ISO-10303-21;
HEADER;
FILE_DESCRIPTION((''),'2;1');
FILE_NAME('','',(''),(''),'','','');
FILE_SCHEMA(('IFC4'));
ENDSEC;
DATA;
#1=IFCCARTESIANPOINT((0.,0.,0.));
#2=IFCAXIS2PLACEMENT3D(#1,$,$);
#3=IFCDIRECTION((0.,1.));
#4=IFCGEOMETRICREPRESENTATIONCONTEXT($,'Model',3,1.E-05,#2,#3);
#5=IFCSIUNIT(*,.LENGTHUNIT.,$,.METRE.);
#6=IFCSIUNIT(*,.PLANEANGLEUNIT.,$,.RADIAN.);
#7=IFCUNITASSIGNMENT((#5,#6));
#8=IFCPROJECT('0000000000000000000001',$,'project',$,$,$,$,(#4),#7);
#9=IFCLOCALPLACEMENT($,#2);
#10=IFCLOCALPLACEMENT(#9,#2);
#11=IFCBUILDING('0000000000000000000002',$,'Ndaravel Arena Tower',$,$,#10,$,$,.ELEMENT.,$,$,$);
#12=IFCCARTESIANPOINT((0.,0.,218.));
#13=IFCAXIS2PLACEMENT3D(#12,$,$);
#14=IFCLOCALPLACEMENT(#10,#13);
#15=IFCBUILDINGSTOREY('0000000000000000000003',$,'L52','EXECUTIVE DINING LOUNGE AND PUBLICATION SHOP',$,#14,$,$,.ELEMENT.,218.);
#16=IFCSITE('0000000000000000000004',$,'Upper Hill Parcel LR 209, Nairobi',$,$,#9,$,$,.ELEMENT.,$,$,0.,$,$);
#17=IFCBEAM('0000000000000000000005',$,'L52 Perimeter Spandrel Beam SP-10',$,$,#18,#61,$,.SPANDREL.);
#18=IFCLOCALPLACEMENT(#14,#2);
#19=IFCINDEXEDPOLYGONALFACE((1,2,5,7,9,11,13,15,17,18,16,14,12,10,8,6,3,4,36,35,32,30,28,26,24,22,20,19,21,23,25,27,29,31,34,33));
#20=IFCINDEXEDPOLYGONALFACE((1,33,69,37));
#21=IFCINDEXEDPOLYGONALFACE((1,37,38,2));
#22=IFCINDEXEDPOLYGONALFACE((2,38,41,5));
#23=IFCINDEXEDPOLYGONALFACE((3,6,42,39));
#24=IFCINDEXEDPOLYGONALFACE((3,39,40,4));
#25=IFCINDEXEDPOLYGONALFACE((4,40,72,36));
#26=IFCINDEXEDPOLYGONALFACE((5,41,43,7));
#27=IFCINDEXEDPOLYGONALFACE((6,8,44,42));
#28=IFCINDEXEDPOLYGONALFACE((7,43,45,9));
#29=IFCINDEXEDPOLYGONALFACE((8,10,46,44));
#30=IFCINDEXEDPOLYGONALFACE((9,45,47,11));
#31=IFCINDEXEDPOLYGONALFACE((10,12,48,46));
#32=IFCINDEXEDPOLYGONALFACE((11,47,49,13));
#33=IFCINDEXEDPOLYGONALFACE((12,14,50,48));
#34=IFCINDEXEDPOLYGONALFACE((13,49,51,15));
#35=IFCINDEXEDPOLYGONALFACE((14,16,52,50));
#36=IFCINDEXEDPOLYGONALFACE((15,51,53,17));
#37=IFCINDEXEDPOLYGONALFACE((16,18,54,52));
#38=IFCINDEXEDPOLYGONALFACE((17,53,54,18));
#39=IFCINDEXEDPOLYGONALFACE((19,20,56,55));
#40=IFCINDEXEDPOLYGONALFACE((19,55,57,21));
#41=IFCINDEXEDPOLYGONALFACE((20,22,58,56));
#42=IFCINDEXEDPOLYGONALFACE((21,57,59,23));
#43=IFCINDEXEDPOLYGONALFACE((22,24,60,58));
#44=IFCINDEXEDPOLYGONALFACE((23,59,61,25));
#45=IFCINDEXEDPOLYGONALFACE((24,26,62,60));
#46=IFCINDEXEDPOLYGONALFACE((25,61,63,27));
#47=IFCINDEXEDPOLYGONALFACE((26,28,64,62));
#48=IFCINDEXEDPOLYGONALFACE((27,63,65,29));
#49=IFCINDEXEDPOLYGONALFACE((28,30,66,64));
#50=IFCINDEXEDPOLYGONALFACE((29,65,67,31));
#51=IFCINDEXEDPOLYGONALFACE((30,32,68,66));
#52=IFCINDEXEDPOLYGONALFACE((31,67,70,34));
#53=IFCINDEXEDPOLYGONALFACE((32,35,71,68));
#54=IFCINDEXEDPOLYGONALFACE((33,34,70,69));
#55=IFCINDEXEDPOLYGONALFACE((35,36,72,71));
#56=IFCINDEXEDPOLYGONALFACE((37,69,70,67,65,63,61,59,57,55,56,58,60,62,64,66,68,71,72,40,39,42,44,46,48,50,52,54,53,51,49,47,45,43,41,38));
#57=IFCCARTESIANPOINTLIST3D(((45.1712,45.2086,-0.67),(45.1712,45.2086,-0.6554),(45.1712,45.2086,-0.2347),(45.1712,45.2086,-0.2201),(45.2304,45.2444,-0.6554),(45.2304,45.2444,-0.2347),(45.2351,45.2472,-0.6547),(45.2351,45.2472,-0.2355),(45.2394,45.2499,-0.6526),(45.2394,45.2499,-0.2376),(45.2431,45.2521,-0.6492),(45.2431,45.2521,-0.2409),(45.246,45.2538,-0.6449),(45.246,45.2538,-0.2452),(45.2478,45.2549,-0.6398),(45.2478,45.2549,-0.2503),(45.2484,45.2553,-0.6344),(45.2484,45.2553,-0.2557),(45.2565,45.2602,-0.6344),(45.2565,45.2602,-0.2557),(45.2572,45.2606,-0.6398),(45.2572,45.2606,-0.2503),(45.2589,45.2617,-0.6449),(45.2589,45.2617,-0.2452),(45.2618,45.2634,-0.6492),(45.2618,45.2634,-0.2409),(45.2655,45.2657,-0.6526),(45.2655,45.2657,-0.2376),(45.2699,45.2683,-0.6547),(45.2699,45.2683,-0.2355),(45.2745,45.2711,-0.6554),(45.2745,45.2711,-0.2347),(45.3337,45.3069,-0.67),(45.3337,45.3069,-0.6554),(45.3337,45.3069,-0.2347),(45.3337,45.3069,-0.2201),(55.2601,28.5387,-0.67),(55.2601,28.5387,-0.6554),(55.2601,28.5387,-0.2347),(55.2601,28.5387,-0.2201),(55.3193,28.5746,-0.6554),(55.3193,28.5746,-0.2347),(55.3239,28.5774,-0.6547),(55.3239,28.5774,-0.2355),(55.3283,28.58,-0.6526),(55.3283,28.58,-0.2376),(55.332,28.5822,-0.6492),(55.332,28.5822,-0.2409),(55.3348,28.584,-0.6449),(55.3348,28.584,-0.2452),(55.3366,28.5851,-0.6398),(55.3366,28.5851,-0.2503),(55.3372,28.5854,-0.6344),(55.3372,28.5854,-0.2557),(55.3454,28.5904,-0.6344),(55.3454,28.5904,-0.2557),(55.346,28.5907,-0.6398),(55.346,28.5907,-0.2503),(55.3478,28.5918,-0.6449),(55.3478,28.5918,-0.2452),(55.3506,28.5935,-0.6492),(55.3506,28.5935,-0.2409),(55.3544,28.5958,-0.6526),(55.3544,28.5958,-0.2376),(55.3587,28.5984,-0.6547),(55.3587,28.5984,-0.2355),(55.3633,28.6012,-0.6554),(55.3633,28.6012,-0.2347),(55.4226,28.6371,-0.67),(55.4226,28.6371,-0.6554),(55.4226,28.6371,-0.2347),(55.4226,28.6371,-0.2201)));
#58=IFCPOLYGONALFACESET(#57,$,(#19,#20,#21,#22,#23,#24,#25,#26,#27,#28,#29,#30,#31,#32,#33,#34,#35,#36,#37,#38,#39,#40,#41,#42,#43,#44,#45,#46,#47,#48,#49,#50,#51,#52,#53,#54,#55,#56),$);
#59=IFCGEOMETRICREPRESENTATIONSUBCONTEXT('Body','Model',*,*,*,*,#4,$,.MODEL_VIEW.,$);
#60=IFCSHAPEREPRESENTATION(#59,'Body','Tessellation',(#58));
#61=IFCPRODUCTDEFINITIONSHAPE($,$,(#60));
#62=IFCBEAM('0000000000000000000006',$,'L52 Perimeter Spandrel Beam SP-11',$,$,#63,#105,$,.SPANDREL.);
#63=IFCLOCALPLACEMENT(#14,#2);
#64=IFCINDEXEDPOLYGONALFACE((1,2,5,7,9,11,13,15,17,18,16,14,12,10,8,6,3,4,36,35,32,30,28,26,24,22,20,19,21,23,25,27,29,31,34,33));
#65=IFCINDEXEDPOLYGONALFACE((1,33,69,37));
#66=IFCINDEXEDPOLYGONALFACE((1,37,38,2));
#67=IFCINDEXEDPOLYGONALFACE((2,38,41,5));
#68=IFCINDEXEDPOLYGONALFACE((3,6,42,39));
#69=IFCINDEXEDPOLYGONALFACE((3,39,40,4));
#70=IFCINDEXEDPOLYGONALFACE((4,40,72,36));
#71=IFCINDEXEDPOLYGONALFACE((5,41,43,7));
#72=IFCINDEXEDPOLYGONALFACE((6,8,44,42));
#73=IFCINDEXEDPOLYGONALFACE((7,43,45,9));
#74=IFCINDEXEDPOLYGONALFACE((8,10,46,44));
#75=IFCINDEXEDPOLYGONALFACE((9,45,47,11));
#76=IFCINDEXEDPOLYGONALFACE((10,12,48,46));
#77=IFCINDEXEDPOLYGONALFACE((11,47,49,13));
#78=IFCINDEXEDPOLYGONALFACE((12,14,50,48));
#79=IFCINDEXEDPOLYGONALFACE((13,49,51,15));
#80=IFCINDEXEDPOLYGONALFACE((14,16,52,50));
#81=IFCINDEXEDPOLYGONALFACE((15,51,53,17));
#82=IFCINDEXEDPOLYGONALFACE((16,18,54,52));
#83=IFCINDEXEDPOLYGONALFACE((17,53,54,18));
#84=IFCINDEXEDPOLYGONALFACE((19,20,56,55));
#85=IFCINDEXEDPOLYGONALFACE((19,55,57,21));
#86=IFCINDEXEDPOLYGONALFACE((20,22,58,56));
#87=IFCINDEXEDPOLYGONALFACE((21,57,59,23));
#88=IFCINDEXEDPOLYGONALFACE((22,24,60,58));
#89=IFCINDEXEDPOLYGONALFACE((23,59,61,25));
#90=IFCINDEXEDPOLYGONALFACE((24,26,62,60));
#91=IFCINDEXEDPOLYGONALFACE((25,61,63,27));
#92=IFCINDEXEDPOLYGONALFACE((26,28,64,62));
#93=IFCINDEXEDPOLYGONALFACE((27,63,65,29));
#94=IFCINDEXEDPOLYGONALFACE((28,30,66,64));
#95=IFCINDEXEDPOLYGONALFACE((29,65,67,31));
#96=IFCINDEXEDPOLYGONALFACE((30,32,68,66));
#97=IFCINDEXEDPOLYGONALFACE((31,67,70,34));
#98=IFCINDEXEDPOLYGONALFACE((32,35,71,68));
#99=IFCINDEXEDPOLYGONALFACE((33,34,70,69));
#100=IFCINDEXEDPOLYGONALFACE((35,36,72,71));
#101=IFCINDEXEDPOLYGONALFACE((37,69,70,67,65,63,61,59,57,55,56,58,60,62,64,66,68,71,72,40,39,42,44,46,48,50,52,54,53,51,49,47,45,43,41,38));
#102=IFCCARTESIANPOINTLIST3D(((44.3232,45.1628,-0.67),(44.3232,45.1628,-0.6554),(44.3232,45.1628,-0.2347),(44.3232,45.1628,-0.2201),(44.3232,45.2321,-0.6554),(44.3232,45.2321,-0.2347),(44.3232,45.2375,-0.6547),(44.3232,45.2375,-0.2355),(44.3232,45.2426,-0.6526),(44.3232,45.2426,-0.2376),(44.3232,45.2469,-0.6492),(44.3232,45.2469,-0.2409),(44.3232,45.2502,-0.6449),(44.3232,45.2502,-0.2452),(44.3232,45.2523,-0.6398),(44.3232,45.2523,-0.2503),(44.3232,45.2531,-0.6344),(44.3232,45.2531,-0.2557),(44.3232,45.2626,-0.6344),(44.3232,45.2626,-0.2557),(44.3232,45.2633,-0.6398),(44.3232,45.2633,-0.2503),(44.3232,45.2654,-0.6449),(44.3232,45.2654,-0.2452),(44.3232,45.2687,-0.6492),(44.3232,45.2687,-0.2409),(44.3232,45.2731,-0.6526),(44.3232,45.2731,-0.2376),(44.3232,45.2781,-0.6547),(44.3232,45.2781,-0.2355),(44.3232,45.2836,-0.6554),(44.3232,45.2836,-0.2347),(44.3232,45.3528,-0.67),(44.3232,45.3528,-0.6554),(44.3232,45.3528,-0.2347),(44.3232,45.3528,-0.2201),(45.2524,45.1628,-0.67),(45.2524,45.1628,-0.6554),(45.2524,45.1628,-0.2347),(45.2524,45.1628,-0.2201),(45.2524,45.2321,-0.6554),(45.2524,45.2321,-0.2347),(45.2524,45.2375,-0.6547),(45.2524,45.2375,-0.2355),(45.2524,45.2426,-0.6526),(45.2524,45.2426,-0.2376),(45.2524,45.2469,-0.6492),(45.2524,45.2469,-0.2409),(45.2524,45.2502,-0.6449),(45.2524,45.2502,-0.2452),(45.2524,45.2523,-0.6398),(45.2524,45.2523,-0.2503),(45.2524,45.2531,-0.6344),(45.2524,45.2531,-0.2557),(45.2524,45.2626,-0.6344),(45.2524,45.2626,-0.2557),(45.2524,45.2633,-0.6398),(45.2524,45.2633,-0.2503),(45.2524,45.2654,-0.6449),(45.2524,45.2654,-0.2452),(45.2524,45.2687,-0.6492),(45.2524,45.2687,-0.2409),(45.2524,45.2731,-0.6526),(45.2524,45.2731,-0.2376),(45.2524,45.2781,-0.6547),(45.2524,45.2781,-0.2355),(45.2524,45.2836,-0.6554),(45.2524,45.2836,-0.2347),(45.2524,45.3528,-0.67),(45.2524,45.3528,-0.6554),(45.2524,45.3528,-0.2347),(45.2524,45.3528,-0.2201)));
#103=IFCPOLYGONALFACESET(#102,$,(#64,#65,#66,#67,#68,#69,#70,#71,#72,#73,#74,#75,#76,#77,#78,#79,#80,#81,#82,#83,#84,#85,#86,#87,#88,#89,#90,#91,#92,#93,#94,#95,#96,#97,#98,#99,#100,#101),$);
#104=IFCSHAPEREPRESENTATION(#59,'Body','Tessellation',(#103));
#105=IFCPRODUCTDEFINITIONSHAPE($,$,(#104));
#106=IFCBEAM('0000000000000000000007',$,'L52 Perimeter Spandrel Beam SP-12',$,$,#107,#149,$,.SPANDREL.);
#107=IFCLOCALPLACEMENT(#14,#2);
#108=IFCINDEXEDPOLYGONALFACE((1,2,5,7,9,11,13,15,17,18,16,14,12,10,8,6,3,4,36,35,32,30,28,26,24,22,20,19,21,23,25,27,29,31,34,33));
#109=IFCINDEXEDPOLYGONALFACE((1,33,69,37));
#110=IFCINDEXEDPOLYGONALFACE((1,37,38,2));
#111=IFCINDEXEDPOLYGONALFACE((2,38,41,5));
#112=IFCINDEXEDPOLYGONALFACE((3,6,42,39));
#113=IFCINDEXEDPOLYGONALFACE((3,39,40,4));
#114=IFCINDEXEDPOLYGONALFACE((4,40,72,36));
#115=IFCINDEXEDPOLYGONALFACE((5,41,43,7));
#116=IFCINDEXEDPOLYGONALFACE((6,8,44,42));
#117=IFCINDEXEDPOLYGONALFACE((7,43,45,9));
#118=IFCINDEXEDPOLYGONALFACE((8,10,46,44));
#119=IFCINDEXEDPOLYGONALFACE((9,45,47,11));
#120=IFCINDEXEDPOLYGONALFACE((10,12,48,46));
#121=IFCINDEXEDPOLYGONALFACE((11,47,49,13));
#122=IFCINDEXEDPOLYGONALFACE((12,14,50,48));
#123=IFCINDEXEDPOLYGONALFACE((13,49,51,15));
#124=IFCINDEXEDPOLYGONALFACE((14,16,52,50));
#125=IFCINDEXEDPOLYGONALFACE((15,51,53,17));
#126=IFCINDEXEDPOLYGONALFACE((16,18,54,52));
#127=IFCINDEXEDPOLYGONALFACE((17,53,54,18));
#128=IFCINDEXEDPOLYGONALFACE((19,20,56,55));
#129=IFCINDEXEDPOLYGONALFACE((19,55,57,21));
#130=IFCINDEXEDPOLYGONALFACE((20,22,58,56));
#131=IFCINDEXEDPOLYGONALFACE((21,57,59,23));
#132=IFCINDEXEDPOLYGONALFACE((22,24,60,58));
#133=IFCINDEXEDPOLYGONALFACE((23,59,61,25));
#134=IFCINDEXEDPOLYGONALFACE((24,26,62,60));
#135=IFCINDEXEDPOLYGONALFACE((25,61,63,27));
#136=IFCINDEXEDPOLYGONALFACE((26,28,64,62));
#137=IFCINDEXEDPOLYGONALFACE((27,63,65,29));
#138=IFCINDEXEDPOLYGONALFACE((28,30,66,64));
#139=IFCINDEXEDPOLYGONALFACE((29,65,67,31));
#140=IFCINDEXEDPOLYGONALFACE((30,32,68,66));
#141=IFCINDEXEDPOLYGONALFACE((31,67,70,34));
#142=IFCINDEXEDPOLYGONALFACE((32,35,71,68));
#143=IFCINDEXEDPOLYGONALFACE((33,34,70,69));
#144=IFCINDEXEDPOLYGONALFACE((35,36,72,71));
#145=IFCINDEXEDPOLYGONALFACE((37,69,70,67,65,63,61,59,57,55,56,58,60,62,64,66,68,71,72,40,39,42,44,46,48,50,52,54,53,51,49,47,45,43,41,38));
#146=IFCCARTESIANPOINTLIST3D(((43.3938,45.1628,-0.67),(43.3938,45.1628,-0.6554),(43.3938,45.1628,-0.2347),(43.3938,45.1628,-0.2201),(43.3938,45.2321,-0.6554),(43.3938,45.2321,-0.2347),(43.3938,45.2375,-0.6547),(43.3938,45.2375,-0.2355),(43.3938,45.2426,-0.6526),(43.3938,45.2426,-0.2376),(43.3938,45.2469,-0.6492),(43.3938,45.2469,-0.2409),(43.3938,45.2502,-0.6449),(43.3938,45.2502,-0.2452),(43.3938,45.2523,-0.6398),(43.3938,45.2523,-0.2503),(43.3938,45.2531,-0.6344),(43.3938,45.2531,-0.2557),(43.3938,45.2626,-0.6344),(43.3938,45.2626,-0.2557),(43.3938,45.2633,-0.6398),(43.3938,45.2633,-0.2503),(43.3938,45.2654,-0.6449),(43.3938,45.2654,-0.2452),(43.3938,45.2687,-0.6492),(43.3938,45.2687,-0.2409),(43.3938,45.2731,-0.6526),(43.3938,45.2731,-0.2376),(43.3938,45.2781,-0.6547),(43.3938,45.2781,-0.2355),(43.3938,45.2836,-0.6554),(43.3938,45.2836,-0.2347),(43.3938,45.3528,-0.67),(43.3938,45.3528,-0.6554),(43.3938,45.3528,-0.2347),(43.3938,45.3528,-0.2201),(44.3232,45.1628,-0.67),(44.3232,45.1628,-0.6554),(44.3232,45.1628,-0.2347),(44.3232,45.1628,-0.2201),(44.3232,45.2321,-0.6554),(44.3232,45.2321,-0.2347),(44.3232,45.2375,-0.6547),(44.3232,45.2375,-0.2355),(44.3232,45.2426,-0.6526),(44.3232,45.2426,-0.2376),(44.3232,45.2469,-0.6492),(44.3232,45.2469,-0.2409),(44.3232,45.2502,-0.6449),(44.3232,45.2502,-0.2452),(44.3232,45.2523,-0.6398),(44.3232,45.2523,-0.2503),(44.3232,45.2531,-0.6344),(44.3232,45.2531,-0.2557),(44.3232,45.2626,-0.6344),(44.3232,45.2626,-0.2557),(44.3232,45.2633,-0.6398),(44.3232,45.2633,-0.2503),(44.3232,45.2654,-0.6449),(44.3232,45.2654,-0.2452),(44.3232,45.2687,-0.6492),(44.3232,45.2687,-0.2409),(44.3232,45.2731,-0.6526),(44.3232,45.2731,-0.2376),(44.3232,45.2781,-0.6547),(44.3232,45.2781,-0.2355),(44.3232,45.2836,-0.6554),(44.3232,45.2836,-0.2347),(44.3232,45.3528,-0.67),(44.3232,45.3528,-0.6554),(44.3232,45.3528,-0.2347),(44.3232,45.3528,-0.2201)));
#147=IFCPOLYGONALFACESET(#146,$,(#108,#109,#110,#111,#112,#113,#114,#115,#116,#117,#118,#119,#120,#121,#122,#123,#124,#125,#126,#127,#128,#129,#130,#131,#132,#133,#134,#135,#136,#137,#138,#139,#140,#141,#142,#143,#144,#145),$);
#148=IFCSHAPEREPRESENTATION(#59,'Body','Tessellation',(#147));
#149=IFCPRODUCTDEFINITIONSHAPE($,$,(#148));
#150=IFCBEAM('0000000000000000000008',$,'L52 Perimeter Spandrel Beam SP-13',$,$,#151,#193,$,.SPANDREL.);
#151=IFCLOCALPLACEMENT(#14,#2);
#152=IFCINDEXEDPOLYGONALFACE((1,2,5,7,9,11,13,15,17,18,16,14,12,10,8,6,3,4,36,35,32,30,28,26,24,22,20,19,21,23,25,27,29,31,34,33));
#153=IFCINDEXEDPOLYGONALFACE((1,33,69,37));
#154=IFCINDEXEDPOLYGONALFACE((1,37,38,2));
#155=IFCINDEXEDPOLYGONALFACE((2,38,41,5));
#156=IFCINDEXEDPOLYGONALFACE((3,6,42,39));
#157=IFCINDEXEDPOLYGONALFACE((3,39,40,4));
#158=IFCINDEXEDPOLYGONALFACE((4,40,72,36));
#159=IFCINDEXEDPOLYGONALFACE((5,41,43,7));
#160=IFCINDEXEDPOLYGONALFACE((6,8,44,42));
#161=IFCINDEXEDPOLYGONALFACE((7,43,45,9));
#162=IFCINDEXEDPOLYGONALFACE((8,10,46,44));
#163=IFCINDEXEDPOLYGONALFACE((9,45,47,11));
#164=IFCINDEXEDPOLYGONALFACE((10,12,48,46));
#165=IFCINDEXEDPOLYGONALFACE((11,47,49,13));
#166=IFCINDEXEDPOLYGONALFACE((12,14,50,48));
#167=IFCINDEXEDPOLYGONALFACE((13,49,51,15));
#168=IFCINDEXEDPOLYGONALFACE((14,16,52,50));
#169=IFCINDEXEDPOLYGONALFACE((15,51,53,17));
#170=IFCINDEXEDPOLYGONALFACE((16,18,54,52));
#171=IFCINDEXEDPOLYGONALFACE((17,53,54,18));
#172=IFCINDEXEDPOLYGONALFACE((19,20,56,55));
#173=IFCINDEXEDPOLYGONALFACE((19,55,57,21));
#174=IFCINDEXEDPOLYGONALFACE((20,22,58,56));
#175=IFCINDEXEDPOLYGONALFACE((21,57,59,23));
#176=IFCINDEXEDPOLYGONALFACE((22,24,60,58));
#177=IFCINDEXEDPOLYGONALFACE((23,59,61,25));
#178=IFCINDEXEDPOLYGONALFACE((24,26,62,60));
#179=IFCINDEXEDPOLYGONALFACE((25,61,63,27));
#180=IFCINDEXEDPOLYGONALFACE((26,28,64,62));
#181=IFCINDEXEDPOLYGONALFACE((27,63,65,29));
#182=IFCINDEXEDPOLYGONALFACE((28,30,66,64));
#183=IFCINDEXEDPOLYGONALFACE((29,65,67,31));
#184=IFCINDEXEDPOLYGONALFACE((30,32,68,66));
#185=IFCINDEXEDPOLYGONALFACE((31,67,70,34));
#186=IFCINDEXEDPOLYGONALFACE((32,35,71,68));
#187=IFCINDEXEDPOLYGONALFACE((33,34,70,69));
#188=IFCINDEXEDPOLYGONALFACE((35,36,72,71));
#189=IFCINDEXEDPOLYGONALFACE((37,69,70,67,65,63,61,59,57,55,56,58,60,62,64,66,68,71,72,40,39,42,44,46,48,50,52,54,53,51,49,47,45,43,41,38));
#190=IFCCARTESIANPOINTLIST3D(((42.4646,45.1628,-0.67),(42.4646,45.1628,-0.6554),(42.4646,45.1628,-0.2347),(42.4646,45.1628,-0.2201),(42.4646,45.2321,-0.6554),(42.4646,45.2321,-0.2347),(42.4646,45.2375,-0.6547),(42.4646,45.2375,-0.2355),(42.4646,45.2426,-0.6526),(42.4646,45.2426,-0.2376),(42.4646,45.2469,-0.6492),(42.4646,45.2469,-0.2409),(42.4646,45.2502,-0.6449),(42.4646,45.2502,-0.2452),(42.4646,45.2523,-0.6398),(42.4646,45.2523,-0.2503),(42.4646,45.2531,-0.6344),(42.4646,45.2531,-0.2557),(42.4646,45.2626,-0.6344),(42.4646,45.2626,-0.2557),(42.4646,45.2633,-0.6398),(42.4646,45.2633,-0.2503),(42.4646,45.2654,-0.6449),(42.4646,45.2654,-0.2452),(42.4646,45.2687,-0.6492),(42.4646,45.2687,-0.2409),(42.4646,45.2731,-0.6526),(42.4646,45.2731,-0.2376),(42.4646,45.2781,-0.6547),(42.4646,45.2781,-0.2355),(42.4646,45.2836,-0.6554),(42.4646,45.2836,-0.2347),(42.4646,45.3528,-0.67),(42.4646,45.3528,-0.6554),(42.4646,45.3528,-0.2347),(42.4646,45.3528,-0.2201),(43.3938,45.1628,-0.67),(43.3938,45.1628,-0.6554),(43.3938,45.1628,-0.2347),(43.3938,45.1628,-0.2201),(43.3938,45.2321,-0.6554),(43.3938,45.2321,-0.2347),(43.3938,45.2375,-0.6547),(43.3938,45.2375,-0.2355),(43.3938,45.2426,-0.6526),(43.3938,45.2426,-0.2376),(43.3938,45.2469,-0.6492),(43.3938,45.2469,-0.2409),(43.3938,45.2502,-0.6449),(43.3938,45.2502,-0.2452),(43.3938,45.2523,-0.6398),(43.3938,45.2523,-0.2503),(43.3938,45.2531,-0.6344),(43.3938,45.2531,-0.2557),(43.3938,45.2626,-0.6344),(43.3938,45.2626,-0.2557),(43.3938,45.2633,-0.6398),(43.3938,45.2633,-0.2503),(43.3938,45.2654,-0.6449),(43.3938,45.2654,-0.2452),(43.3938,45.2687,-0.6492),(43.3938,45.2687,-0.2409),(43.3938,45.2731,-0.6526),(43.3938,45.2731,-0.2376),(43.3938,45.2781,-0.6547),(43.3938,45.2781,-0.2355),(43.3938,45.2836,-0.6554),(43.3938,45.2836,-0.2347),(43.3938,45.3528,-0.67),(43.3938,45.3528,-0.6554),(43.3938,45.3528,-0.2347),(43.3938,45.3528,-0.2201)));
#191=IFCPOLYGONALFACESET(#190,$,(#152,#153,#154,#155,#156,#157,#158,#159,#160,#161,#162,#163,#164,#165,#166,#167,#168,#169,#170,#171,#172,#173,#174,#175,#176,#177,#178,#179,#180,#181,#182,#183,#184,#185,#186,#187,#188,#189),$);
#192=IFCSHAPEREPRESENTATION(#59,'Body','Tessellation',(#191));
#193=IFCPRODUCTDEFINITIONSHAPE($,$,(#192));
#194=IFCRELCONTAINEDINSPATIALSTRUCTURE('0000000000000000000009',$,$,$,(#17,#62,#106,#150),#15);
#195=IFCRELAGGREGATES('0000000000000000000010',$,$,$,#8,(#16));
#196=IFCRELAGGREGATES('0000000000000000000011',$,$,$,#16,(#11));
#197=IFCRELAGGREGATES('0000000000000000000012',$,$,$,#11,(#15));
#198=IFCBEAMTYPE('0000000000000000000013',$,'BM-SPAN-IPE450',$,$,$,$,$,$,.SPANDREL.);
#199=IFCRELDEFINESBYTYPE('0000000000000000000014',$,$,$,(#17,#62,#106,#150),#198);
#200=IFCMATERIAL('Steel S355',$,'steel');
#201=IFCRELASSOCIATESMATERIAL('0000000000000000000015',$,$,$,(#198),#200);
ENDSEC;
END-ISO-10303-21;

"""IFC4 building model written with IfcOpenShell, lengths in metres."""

from ifc_helpers import new_model, si_unit, direction, frame, origin, origin_2d, place, context, subcontext, project, spatial, i_section, extrude, material, material_profile, profile_set, type_object, element, save


model = new_model("IFC4")

# Units and contexts
model_context = context("Model", 3, precision=1e-05, world=origin(), true_north=direction((0.0, 1.0)))
body_context = subcontext(model_context, "Body", "Model", "MODEL_VIEW")
ifc_project = project(units=[si_unit("LENGTHUNIT", "METRE"), si_unit("PLANEANGLEUNIT", "RADIAN")], contexts=[model_context])

# Site, building, storey
site_placement = place(None, origin())
site = spatial("IfcSite", under=ifc_project, at=site_placement, Name="Upper Hill Parcel LR 209, Nairobi", CompositionType="ELEMENT", RefElevation=0.0)
building_placement = place(site_placement, origin())
building = spatial("IfcBuilding", under=site, at=building_placement, Name="Ndaravel Arena Tower", CompositionType="ELEMENT")
storey_placement = place(building_placement, frame((0.0, 0.0, 218.0)))
storey = spatial("IfcBuildingStorey", under=building, at=storey_placement, Name="L52", Description="EXECUTIVE DINING LOUNGE AND PUBLICATION SHOP", CompositionType="ELEMENT", Elevation=218.0)

# Beams
ifc_material_1 = material(Name="Steel S355", Category="steel")
ifc_material_profile_1 = material_profile(ifc_material_1, i_section(OverallWidth=0.1899, OverallDepth=0.45, WebThickness=0.0095, FlangeThickness=0.0146, FilletRadius=0.021, at=origin_2d()), Name="IPE 450")
ifc_profile_set_1 = profile_set([ifc_material_profile_1], Name="Steel S355")
beam_type_1 = type_object("IfcBeamType", Name="BM-SPAN-IPE450", PredefinedType="SPANDREL", material=ifc_profile_set_1)
beam_1_placement = place(storey_placement, frame((55.3413, 28.5879, -0.4451), z_axis=(-0.517772, 0.855519, 0.0), x_axis=(-0.855519, -0.517772, 0.0)))
element("IfcBeam", 1, at=beam_1_placement, inside=storey, type_object=beam_type_1, Name="L52 Perimeter Spandrel Beam SP-10", PredefinedType="SPANDREL", context=body_context, shape_type="SweptSolid", body=[
    extrude(i_section(OverallWidth=0.1899, OverallDepth=0.45, WebThickness=0.0095, FlangeThickness=0.0146, FilletRadius=0.021, at=origin_2d()), origin(), (0.0, 0.0, 1.0), 19.4851),
])
beam_2_placement = place(storey_placement, frame((45.2524, 45.2578, -0.4451), z_axis=(-1.0, 0.0, 0.0), x_axis=(0.0, -1.0, 0.0)))
element("IfcBeam", 2, at=beam_2_placement, inside=storey, type_object=beam_type_1, Name="L52 Perimeter Spandrel Beam SP-11", PredefinedType="SPANDREL", context=body_context, shape_type="SweptSolid", body=[
    extrude(i_section(OverallWidth=0.1899, OverallDepth=0.45, WebThickness=0.0095, FlangeThickness=0.0146, FilletRadius=0.021, at=origin_2d()), origin(), (0.0, 0.0, 1.0), 0.9292),
])
beam_3_placement = place(storey_placement, frame((44.3232, 45.2578, -0.4451), z_axis=(-1.0, 0.0, 0.0), x_axis=(0.0, -1.0, 0.0)))
element("IfcBeam", 3, at=beam_3_placement, inside=storey, type_object=beam_type_1, Name="L52 Perimeter Spandrel Beam SP-12", PredefinedType="SPANDREL", context=body_context, shape_type="SweptSolid", body=[
    extrude(i_section(OverallWidth=0.1899, OverallDepth=0.45, WebThickness=0.0095, FlangeThickness=0.0146, FilletRadius=0.021, at=origin_2d()), origin(), (0.0, 0.0, 1.0), 0.9294),
])
for number, where, z_axis, x_axis, name in (
    (4, (43.3938, 45.2578, -0.4451), (-1.0, 0.0, 0.0), (0.0, -1.0, 0.0), "L52 Perimeter Spandrel Beam SP-13"),
):
    element("IfcBeam", number, at=place(storey_placement, frame(where, z_axis=z_axis, x_axis=x_axis)), inside=storey, type_object=beam_type_1, Name=name, PredefinedType="SPANDREL", context=body_context, shape_type="SweptSolid", body=[
        extrude(i_section(OverallWidth=0.1899, OverallDepth=0.45, WebThickness=0.0095, FlangeThickness=0.0146, FilletRadius=0.021, at=origin_2d()), origin(), (0.0, 0.0, 1.0), 0.9292),
    ])

save(model, "model.ifc")
